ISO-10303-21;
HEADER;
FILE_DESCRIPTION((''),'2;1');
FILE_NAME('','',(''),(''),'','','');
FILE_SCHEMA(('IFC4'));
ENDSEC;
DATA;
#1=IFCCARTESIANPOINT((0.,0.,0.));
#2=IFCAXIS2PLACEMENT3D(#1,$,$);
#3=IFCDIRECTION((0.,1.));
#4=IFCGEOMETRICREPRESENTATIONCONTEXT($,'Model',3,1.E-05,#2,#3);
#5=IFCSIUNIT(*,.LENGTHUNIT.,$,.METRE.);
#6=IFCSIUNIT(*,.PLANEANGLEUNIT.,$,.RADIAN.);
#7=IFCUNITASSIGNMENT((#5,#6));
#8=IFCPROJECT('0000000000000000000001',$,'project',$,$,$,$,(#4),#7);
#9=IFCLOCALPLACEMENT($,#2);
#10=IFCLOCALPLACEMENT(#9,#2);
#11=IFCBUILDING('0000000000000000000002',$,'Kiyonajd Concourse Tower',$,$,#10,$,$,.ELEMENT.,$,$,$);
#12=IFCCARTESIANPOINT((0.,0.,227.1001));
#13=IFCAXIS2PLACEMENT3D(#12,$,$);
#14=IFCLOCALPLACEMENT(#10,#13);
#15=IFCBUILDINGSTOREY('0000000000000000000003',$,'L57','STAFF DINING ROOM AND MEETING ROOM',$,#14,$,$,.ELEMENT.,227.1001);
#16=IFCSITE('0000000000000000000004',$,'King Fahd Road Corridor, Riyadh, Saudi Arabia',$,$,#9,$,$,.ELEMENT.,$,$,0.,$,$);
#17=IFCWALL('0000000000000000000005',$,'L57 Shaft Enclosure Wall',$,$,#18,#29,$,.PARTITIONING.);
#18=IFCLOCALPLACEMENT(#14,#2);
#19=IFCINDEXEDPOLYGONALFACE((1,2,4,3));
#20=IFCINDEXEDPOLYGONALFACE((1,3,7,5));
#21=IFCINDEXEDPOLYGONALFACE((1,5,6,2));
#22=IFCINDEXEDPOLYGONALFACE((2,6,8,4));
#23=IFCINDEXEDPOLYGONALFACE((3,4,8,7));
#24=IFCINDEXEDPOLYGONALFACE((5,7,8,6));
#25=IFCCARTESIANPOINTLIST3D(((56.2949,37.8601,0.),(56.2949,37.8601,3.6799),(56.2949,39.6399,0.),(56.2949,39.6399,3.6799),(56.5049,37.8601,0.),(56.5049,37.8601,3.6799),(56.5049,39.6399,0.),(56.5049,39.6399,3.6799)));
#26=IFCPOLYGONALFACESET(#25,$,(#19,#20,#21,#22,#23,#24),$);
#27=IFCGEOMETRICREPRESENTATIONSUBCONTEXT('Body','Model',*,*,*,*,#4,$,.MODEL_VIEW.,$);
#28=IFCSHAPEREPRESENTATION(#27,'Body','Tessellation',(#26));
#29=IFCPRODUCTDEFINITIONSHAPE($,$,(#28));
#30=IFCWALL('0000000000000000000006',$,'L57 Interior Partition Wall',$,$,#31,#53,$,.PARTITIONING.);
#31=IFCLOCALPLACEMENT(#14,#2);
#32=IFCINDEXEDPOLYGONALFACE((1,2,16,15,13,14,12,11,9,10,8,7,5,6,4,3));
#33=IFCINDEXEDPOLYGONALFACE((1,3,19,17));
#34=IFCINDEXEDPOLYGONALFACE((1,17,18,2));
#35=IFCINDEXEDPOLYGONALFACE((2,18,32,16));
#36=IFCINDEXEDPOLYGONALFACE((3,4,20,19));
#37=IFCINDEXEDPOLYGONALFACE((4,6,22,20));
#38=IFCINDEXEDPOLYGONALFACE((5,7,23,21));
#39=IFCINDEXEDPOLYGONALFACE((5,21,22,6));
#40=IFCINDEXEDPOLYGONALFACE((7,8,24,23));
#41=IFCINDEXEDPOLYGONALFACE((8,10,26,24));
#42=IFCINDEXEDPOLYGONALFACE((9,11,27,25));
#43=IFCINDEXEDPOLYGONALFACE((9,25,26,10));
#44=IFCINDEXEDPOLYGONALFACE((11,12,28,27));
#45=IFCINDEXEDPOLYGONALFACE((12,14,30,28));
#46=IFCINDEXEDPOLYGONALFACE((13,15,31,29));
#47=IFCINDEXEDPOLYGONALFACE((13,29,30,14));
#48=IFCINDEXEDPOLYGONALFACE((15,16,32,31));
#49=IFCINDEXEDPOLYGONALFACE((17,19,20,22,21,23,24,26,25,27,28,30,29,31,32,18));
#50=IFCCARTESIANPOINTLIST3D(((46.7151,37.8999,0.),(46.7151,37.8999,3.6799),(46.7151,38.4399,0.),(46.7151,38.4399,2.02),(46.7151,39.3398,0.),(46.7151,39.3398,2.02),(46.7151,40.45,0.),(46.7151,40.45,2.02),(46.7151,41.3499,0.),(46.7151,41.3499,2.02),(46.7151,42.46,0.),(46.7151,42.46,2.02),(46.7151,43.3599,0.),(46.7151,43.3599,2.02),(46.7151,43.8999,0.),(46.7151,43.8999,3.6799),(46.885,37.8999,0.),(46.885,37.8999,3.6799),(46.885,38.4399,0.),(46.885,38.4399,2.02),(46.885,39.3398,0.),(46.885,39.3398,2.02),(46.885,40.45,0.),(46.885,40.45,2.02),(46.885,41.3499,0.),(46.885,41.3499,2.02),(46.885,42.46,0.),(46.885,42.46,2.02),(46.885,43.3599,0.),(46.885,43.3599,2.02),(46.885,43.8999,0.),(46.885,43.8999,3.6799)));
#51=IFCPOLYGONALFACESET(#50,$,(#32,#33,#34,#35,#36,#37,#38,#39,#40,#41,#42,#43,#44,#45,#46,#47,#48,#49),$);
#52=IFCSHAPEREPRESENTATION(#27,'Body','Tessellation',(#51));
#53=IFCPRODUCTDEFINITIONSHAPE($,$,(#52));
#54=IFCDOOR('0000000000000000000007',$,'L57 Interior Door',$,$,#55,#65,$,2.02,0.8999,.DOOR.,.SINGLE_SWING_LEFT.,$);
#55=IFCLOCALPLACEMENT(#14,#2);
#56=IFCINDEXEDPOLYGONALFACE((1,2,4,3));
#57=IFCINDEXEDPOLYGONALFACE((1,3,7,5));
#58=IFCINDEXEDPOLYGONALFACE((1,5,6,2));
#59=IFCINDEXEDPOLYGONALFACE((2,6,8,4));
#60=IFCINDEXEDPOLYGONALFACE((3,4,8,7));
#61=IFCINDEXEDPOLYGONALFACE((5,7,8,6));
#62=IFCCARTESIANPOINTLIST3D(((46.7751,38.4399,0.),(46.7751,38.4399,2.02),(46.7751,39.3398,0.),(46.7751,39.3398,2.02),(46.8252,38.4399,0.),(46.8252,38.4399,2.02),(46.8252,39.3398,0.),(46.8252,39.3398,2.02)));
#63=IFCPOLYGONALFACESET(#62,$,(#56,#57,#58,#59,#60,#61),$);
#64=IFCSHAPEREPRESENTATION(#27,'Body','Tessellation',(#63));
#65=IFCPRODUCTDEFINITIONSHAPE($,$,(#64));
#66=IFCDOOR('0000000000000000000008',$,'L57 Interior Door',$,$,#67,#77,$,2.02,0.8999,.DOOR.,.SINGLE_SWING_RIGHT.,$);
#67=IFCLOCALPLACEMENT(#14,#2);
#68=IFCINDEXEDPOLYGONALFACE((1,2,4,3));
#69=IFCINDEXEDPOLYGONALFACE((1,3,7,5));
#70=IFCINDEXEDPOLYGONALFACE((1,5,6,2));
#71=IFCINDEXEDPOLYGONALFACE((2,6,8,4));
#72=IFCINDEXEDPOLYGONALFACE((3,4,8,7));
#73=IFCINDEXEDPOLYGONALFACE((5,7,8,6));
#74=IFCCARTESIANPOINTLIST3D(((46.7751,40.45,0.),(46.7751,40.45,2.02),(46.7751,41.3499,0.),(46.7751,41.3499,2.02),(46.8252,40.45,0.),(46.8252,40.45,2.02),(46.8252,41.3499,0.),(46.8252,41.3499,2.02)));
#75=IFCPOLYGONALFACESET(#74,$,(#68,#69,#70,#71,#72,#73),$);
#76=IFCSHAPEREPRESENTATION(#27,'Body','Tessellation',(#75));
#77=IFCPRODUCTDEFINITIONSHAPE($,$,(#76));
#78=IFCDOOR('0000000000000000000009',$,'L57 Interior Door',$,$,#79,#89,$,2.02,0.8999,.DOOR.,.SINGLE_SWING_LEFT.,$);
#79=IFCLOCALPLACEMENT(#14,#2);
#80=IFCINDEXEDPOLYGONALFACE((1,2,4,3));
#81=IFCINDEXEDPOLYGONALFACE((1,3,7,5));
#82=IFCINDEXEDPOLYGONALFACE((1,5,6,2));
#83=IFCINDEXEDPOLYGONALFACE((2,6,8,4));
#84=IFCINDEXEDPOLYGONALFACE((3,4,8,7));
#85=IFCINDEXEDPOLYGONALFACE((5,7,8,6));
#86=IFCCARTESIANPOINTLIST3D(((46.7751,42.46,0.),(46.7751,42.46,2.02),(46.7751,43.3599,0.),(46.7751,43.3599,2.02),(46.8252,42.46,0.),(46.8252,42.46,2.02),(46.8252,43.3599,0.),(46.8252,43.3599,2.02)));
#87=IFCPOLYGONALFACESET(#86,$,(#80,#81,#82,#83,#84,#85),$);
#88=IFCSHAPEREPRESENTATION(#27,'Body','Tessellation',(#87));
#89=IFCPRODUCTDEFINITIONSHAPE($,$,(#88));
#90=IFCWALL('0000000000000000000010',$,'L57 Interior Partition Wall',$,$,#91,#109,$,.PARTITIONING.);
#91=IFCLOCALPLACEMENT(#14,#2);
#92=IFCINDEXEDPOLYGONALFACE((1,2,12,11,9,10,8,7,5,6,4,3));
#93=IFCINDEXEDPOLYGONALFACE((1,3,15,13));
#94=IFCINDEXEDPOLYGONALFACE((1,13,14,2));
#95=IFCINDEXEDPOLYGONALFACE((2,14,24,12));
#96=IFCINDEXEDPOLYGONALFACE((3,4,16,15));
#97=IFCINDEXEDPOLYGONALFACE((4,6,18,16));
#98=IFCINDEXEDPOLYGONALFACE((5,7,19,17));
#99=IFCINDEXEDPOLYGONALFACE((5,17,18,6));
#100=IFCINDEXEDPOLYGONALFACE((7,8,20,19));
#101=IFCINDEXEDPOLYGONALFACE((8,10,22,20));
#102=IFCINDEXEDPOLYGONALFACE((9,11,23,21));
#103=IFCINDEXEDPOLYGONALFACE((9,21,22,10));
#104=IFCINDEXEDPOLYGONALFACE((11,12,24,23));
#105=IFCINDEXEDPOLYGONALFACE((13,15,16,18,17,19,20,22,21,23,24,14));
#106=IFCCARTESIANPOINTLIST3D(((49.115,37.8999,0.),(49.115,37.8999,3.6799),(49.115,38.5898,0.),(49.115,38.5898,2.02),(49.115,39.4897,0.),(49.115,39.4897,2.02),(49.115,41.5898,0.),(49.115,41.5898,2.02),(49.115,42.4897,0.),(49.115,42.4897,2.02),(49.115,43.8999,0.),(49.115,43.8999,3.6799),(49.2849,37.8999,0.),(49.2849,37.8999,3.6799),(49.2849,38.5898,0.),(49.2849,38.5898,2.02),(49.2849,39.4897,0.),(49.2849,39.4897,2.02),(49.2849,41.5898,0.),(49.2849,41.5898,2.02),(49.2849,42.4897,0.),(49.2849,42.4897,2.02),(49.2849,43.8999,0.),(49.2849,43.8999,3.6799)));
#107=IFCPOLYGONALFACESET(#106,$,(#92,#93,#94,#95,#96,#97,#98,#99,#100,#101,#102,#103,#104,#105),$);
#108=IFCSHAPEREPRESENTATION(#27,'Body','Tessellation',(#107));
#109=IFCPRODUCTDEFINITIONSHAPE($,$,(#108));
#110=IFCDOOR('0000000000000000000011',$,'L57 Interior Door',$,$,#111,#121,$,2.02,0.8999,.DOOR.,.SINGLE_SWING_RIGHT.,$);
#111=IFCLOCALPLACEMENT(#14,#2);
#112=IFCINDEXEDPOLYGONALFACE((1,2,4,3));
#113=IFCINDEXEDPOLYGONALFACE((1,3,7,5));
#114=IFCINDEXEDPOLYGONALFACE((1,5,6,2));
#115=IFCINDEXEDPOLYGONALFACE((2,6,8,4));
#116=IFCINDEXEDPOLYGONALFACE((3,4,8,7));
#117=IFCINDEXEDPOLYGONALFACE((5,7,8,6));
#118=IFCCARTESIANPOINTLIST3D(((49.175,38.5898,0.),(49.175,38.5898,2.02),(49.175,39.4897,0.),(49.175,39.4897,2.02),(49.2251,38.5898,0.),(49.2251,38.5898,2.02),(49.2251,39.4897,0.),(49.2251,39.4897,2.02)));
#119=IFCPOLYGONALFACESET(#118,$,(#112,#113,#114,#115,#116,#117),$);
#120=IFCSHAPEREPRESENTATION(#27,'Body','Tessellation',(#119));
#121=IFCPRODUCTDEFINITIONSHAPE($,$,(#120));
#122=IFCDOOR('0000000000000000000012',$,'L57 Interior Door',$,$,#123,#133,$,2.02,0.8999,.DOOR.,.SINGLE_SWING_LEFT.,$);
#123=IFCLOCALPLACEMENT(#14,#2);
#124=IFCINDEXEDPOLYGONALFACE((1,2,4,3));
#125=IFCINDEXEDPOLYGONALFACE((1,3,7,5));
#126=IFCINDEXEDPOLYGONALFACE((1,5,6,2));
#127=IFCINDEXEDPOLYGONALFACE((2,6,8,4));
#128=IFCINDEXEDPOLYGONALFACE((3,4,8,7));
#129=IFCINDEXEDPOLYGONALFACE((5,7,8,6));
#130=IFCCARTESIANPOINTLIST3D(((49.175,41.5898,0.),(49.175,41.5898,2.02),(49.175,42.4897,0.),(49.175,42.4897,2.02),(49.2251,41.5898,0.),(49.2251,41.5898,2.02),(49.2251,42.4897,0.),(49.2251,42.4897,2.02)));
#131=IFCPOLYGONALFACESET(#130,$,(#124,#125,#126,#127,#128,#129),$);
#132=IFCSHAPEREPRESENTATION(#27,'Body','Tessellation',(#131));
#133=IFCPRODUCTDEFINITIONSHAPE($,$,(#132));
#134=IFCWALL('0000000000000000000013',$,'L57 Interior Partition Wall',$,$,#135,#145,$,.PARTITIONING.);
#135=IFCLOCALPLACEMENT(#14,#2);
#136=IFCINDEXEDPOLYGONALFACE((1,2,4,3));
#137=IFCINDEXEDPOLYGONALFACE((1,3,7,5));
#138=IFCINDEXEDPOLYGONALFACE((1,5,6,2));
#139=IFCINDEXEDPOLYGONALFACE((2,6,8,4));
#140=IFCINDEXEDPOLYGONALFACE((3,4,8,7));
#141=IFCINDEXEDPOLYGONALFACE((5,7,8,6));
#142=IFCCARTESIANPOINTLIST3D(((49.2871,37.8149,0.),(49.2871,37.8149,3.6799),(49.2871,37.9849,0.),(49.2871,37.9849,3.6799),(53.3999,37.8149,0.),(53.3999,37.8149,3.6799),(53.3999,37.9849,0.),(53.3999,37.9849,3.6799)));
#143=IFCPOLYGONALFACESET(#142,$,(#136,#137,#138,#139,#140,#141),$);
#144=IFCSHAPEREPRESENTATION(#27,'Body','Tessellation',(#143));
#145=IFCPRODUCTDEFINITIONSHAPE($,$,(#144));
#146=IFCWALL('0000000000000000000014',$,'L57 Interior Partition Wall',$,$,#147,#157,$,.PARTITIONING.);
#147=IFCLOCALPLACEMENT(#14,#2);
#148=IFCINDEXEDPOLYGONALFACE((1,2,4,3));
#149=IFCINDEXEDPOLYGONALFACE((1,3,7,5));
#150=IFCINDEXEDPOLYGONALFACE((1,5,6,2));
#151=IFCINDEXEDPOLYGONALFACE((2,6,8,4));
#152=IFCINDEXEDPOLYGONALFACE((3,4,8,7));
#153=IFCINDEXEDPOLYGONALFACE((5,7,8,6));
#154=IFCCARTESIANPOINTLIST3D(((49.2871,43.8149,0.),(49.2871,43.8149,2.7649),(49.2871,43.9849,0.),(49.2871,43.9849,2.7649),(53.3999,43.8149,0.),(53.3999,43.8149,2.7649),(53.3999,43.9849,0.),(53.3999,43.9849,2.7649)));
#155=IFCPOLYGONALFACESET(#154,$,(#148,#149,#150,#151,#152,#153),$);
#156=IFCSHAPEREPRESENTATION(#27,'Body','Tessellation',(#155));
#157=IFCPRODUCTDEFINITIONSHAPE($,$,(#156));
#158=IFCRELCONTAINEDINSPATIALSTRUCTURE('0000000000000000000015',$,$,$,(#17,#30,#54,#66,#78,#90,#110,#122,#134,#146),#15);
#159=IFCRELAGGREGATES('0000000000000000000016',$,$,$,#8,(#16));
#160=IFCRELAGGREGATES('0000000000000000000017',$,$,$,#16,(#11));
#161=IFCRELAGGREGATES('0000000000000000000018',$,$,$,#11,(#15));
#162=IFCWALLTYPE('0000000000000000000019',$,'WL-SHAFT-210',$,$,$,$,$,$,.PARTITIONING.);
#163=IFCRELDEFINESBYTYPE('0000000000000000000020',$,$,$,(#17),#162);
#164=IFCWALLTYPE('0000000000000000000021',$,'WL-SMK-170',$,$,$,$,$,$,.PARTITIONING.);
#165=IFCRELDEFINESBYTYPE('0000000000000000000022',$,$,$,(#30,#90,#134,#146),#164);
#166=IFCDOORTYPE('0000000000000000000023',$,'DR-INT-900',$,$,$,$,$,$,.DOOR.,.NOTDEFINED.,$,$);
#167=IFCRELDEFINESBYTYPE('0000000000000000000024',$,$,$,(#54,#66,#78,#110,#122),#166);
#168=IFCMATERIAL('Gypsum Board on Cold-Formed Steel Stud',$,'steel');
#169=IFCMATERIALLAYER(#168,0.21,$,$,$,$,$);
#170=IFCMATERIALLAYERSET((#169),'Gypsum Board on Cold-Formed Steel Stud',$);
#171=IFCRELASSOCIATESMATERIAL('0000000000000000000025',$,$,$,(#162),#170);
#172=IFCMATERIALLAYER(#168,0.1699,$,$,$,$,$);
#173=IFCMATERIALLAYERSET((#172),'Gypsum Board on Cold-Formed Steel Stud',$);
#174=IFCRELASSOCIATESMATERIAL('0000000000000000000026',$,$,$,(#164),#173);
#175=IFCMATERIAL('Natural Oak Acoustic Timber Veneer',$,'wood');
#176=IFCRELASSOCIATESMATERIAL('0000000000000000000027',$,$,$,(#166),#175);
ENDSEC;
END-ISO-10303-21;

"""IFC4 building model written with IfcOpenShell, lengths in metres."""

from ifc_helpers import new_model, si_unit, direction, frame, frame_2d, origin, place, context, subcontext, project, spatial, rectangle, extrude, material, layer, layer_set, type_object, element, fill, save


model = new_model("IFC4")

# Units and contexts
model_context = context("Model", 3, precision=1e-05, world=origin(), true_north=direction((0.0, 1.0)))
body_context = subcontext(model_context, "Body", "Model", "MODEL_VIEW")
ifc_project = project(units=[si_unit("LENGTHUNIT", "METRE"), si_unit("PLANEANGLEUNIT", "RADIAN")], contexts=[model_context])

# Site, building, storey
site_placement = place(None, origin())
site = spatial("IfcSite", under=ifc_project, at=site_placement, Name="King Fahd Road Corridor, Riyadh, Saudi Arabia", CompositionType="ELEMENT", RefElevation=0.0)
building_placement = place(site_placement, origin())
building = spatial("IfcBuilding", under=site, at=building_placement, Name="Kiyonajd Concourse Tower", CompositionType="ELEMENT")
storey_placement = place(building_placement, frame((0.0, 0.0, 227.1001)))
storey = spatial("IfcBuildingStorey", under=building, at=storey_placement, Name="L57", Description="STAFF DINING ROOM AND MEETING ROOM", CompositionType="ELEMENT", Elevation=227.1001)

# Wall
ifc_material_1 = material(Name="Gypsum Board on Cold-Formed Steel Stud", Category="steel")
ifc_layer_1 = layer(ifc_material_1, 0.21)
ifc_layer_set_1 = layer_set([ifc_layer_1], Name="Gypsum Board on Cold-Formed Steel Stud")
wall_type_1 = type_object("IfcWallType", Name="WL-SHAFT-210", PredefinedType="PARTITIONING", material=ifc_layer_set_1)
wall_1_placement = place(storey_placement, frame((56.3999, 37.8601, 0.0), z_axis=(0.0, 0.0, 1.0), x_axis=(0.0, 1.0, 0.0)))
element("IfcWall", 1, at=wall_1_placement, inside=storey, type_object=wall_type_1, Name="L57 Shaft Enclosure Wall", PredefinedType="PARTITIONING", context=body_context, shape_type="SweptSolid", body=[
    extrude(rectangle(XDim=1.7798, YDim=0.21, at=frame_2d((0.8899, 0.0))), origin(), (0.0, 0.0, 1.0), 3.6799),
])

# Walls, openings, doors
ifc_layer_2 = layer(ifc_material_1, 0.1699)
ifc_layer_set_2 = layer_set([ifc_layer_2], Name="Gypsum Board on Cold-Formed Steel Stud")
wall_type_2 = type_object("IfcWallType", Name="WL-SMK-170", PredefinedType="PARTITIONING", material=ifc_layer_set_2)
wall_2_placement = place(storey_placement, frame((46.8, 37.8999, 0.0), z_axis=(0.0, 0.0, 1.0), x_axis=(0.0, 1.0, 0.0)))
wall_2 = element("IfcWall", 2, at=wall_2_placement, inside=storey, type_object=wall_type_2, Name="L57 Interior Partition Wall", PredefinedType="PARTITIONING", context=body_context, shape_type="SweptSolid", body=[
    extrude(rectangle(XDim=6.0, YDim=0.1699, at=frame_2d((3.0, 0.0))), origin(), (0.0, 0.0, 1.0), 3.6799),
])
opening_1_placement = place(wall_2_placement, frame((0.54, 0.0, 0.0)))
opening_1 = element("IfcOpeningElement", 3, at=opening_1_placement, cuts=wall_2, PredefinedType="OPENING", context=body_context, shape_type="SweptSolid", body=[
    extrude(rectangle(XDim=0.8999, YDim=2.02, at=frame_2d((0.45, 1.01))), frame((0.0, 0.095, 0.0), z_axis=(0.0, -1.0, 0.0), x_axis=(1.0, 0.0, 0.0)), (0.0, 0.0, 1.0), 0.1899),
])
opening_2_placement = place(wall_2_placement, frame((2.55, 0.0, 0.0)))
opening_2 = element("IfcOpeningElement", 4, at=opening_2_placement, cuts=wall_2, PredefinedType="OPENING", context=body_context, shape_type="SweptSolid", body=[
    extrude(rectangle(XDim=0.8999, YDim=2.02, at=frame_2d((0.45, 1.01))), frame((0.0, 0.095, 0.0), z_axis=(0.0, -1.0, 0.0), x_axis=(1.0, 0.0, 0.0)), (0.0, 0.0, 1.0), 0.1899),
])
opening_3_placement = place(wall_2_placement, frame((4.5601, 0.0, 0.0)))
opening_3 = element("IfcOpeningElement", 5, at=opening_3_placement, cuts=wall_2, PredefinedType="OPENING", context=body_context, shape_type="SweptSolid", body=[
    extrude(rectangle(XDim=0.8999, YDim=2.02, at=frame_2d((0.45, 1.01))), frame((0.0, 0.095, 0.0), z_axis=(0.0, -1.0, 0.0), x_axis=(1.0, 0.0, 0.0)), (0.0, 0.0, 1.0), 0.1899),
])
ifc_material_2 = material(Name="Natural Oak Acoustic Timber Veneer", Category="wood")
door_type_1 = type_object("IfcDoorType", Name="DR-INT-900", OperationType="NOTDEFINED", PredefinedType="DOOR", material=ifc_material_2)
door_1_placement = place(opening_1_placement, origin())
door_1 = element("IfcDoor", 6, at=door_1_placement, inside=storey, type_object=door_type_1, Name="L57 Interior Door", OperationType="SINGLE_SWING_LEFT", OverallHeight=2.02, OverallWidth=0.8999, PredefinedType="DOOR", context=body_context, shape_type="SweptSolid", body=[
    extrude(rectangle(XDim=0.8999, YDim=2.02, at=frame_2d((0.45, 1.01))), frame((0.0, 0.0249, 0.0), z_axis=(0.0, -1.0, 0.0), x_axis=(1.0, 0.0, 0.0)), (0.0, 0.0, 1.0), 0.05),
])
fill(opening_1, door_1)
door_2_placement = place(opening_2_placement, origin())
door_2 = element("IfcDoor", 7, at=door_2_placement, inside=storey, type_object=door_type_1, Name="L57 Interior Door", OperationType="SINGLE_SWING_RIGHT", OverallHeight=2.02, OverallWidth=0.8999, PredefinedType="DOOR", context=body_context, shape_type="SweptSolid", body=[
    extrude(rectangle(XDim=0.8999, YDim=2.02, at=frame_2d((0.45, 1.01))), frame((0.0, 0.0249, 0.0), z_axis=(0.0, -1.0, 0.0), x_axis=(1.0, 0.0, 0.0)), (0.0, 0.0, 1.0), 0.05),
])
fill(opening_2, door_2)
door_3_placement = place(opening_3_placement, origin())
door_3 = element("IfcDoor", 8, at=door_3_placement, inside=storey, type_object=door_type_1, Name="L57 Interior Door", OperationType="SINGLE_SWING_LEFT", OverallHeight=2.02, OverallWidth=0.8999, PredefinedType="DOOR", context=body_context, shape_type="SweptSolid", body=[
    extrude(rectangle(XDim=0.8999, YDim=2.02, at=frame_2d((0.45, 1.01))), frame((0.0, 0.0249, 0.0), z_axis=(0.0, -1.0, 0.0), x_axis=(1.0, 0.0, 0.0)), (0.0, 0.0, 1.0), 0.05),
])
fill(opening_3, door_3)
wall_3_placement = place(storey_placement, frame((49.2, 37.8999, 0.0), z_axis=(0.0, 0.0, 1.0), x_axis=(0.0, 1.0, 0.0)))
wall_3 = element("IfcWall", 9, at=wall_3_placement, inside=storey, type_object=wall_type_2, Name="L57 Interior Partition Wall", PredefinedType="PARTITIONING", context=body_context, shape_type="SweptSolid", body=[
    extrude(rectangle(XDim=6.0, YDim=0.1699, at=frame_2d((3.0, 0.0))), origin(), (0.0, 0.0, 1.0), 3.6799),
])
opening_4_placement = place(wall_3_placement, frame((0.6899, 0.0, 0.0)))
opening_4 = element("IfcOpeningElement", 10, at=opening_4_placement, cuts=wall_3, PredefinedType="OPENING", context=body_context, shape_type="SweptSolid", body=[
    extrude(rectangle(XDim=0.8999, YDim=2.02, at=frame_2d((0.45, 1.01))), frame((0.0, 0.095, 0.0), z_axis=(0.0, -1.0, 0.0), x_axis=(1.0, 0.0, 0.0)), (0.0, 0.0, 1.0), 0.1899),
])
opening_5_placement = place(wall_3_placement, frame((3.6899, 0.0, 0.0)))
opening_5 = element("IfcOpeningElement", 11, at=opening_5_placement, cuts=wall_3, PredefinedType="OPENING", context=body_context, shape_type="SweptSolid", body=[
    extrude(rectangle(XDim=0.8999, YDim=2.02, at=frame_2d((0.45, 1.01))), frame((0.0, 0.095, 0.0), z_axis=(0.0, -1.0, 0.0), x_axis=(1.0, 0.0, 0.0)), (0.0, 0.0, 1.0), 0.1899),
])
door_4_placement = place(opening_4_placement, origin())
door_4 = element("IfcDoor", 12, at=door_4_placement, inside=storey, type_object=door_type_1, Name="L57 Interior Door", OperationType="SINGLE_SWING_RIGHT", OverallHeight=2.02, OverallWidth=0.8999, PredefinedType="DOOR", context=body_context, shape_type="SweptSolid", body=[
    extrude(rectangle(XDim=0.8999, YDim=2.02, at=frame_2d((0.45, 1.01))), frame((0.0, 0.0249, 0.0), z_axis=(0.0, -1.0, 0.0), x_axis=(1.0, 0.0, 0.0)), (0.0, 0.0, 1.0), 0.05),
])
fill(opening_4, door_4)
door_5_placement = place(opening_5_placement, origin())
door_5 = element("IfcDoor", 13, at=door_5_placement, inside=storey, type_object=door_type_1, Name="L57 Interior Door", OperationType="SINGLE_SWING_LEFT", OverallHeight=2.02, OverallWidth=0.8999, PredefinedType="DOOR", context=body_context, shape_type="SweptSolid", body=[
    extrude(rectangle(XDim=0.8999, YDim=2.02, at=frame_2d((0.45, 1.01))), frame((0.0, 0.0249, 0.0), z_axis=(0.0, -1.0, 0.0), x_axis=(1.0, 0.0, 0.0)), (0.0, 0.0, 1.0), 0.05),
])
fill(opening_5, door_5)

# Walls
wall_4_placement = place(storey_placement, frame((49.2871, 37.8999, 0.0), z_axis=(0.0, 0.0, 1.0), x_axis=(1.0, 0.0, 0.0)))
element("IfcWall", 14, at=wall_4_placement, inside=storey, type_object=wall_type_2, Name="L57 Interior Partition Wall", PredefinedType="PARTITIONING", context=body_context, shape_type="SweptSolid", body=[
    extrude(rectangle(XDim=4.1128, YDim=0.1699, at=frame_2d((2.0564, 0.0))), origin(), (0.0, 0.0, 1.0), 3.6799),
])
wall_5_placement = place(storey_placement, frame((49.2871, 43.8999, 0.0), z_axis=(0.0, 0.0, 1.0), x_axis=(1.0, 0.0, 0.0)))
element("IfcWall", 15, at=wall_5_placement, inside=storey, type_object=wall_type_2, Name="L57 Interior Partition Wall", PredefinedType="PARTITIONING", context=body_context, shape_type="SweptSolid", body=[
    extrude(rectangle(XDim=4.1128, YDim=0.1699, at=frame_2d((2.0564, 0.0))), origin(), (0.0, 0.0, 1.0), 2.7649),
])

save(model, "model.ifc")
